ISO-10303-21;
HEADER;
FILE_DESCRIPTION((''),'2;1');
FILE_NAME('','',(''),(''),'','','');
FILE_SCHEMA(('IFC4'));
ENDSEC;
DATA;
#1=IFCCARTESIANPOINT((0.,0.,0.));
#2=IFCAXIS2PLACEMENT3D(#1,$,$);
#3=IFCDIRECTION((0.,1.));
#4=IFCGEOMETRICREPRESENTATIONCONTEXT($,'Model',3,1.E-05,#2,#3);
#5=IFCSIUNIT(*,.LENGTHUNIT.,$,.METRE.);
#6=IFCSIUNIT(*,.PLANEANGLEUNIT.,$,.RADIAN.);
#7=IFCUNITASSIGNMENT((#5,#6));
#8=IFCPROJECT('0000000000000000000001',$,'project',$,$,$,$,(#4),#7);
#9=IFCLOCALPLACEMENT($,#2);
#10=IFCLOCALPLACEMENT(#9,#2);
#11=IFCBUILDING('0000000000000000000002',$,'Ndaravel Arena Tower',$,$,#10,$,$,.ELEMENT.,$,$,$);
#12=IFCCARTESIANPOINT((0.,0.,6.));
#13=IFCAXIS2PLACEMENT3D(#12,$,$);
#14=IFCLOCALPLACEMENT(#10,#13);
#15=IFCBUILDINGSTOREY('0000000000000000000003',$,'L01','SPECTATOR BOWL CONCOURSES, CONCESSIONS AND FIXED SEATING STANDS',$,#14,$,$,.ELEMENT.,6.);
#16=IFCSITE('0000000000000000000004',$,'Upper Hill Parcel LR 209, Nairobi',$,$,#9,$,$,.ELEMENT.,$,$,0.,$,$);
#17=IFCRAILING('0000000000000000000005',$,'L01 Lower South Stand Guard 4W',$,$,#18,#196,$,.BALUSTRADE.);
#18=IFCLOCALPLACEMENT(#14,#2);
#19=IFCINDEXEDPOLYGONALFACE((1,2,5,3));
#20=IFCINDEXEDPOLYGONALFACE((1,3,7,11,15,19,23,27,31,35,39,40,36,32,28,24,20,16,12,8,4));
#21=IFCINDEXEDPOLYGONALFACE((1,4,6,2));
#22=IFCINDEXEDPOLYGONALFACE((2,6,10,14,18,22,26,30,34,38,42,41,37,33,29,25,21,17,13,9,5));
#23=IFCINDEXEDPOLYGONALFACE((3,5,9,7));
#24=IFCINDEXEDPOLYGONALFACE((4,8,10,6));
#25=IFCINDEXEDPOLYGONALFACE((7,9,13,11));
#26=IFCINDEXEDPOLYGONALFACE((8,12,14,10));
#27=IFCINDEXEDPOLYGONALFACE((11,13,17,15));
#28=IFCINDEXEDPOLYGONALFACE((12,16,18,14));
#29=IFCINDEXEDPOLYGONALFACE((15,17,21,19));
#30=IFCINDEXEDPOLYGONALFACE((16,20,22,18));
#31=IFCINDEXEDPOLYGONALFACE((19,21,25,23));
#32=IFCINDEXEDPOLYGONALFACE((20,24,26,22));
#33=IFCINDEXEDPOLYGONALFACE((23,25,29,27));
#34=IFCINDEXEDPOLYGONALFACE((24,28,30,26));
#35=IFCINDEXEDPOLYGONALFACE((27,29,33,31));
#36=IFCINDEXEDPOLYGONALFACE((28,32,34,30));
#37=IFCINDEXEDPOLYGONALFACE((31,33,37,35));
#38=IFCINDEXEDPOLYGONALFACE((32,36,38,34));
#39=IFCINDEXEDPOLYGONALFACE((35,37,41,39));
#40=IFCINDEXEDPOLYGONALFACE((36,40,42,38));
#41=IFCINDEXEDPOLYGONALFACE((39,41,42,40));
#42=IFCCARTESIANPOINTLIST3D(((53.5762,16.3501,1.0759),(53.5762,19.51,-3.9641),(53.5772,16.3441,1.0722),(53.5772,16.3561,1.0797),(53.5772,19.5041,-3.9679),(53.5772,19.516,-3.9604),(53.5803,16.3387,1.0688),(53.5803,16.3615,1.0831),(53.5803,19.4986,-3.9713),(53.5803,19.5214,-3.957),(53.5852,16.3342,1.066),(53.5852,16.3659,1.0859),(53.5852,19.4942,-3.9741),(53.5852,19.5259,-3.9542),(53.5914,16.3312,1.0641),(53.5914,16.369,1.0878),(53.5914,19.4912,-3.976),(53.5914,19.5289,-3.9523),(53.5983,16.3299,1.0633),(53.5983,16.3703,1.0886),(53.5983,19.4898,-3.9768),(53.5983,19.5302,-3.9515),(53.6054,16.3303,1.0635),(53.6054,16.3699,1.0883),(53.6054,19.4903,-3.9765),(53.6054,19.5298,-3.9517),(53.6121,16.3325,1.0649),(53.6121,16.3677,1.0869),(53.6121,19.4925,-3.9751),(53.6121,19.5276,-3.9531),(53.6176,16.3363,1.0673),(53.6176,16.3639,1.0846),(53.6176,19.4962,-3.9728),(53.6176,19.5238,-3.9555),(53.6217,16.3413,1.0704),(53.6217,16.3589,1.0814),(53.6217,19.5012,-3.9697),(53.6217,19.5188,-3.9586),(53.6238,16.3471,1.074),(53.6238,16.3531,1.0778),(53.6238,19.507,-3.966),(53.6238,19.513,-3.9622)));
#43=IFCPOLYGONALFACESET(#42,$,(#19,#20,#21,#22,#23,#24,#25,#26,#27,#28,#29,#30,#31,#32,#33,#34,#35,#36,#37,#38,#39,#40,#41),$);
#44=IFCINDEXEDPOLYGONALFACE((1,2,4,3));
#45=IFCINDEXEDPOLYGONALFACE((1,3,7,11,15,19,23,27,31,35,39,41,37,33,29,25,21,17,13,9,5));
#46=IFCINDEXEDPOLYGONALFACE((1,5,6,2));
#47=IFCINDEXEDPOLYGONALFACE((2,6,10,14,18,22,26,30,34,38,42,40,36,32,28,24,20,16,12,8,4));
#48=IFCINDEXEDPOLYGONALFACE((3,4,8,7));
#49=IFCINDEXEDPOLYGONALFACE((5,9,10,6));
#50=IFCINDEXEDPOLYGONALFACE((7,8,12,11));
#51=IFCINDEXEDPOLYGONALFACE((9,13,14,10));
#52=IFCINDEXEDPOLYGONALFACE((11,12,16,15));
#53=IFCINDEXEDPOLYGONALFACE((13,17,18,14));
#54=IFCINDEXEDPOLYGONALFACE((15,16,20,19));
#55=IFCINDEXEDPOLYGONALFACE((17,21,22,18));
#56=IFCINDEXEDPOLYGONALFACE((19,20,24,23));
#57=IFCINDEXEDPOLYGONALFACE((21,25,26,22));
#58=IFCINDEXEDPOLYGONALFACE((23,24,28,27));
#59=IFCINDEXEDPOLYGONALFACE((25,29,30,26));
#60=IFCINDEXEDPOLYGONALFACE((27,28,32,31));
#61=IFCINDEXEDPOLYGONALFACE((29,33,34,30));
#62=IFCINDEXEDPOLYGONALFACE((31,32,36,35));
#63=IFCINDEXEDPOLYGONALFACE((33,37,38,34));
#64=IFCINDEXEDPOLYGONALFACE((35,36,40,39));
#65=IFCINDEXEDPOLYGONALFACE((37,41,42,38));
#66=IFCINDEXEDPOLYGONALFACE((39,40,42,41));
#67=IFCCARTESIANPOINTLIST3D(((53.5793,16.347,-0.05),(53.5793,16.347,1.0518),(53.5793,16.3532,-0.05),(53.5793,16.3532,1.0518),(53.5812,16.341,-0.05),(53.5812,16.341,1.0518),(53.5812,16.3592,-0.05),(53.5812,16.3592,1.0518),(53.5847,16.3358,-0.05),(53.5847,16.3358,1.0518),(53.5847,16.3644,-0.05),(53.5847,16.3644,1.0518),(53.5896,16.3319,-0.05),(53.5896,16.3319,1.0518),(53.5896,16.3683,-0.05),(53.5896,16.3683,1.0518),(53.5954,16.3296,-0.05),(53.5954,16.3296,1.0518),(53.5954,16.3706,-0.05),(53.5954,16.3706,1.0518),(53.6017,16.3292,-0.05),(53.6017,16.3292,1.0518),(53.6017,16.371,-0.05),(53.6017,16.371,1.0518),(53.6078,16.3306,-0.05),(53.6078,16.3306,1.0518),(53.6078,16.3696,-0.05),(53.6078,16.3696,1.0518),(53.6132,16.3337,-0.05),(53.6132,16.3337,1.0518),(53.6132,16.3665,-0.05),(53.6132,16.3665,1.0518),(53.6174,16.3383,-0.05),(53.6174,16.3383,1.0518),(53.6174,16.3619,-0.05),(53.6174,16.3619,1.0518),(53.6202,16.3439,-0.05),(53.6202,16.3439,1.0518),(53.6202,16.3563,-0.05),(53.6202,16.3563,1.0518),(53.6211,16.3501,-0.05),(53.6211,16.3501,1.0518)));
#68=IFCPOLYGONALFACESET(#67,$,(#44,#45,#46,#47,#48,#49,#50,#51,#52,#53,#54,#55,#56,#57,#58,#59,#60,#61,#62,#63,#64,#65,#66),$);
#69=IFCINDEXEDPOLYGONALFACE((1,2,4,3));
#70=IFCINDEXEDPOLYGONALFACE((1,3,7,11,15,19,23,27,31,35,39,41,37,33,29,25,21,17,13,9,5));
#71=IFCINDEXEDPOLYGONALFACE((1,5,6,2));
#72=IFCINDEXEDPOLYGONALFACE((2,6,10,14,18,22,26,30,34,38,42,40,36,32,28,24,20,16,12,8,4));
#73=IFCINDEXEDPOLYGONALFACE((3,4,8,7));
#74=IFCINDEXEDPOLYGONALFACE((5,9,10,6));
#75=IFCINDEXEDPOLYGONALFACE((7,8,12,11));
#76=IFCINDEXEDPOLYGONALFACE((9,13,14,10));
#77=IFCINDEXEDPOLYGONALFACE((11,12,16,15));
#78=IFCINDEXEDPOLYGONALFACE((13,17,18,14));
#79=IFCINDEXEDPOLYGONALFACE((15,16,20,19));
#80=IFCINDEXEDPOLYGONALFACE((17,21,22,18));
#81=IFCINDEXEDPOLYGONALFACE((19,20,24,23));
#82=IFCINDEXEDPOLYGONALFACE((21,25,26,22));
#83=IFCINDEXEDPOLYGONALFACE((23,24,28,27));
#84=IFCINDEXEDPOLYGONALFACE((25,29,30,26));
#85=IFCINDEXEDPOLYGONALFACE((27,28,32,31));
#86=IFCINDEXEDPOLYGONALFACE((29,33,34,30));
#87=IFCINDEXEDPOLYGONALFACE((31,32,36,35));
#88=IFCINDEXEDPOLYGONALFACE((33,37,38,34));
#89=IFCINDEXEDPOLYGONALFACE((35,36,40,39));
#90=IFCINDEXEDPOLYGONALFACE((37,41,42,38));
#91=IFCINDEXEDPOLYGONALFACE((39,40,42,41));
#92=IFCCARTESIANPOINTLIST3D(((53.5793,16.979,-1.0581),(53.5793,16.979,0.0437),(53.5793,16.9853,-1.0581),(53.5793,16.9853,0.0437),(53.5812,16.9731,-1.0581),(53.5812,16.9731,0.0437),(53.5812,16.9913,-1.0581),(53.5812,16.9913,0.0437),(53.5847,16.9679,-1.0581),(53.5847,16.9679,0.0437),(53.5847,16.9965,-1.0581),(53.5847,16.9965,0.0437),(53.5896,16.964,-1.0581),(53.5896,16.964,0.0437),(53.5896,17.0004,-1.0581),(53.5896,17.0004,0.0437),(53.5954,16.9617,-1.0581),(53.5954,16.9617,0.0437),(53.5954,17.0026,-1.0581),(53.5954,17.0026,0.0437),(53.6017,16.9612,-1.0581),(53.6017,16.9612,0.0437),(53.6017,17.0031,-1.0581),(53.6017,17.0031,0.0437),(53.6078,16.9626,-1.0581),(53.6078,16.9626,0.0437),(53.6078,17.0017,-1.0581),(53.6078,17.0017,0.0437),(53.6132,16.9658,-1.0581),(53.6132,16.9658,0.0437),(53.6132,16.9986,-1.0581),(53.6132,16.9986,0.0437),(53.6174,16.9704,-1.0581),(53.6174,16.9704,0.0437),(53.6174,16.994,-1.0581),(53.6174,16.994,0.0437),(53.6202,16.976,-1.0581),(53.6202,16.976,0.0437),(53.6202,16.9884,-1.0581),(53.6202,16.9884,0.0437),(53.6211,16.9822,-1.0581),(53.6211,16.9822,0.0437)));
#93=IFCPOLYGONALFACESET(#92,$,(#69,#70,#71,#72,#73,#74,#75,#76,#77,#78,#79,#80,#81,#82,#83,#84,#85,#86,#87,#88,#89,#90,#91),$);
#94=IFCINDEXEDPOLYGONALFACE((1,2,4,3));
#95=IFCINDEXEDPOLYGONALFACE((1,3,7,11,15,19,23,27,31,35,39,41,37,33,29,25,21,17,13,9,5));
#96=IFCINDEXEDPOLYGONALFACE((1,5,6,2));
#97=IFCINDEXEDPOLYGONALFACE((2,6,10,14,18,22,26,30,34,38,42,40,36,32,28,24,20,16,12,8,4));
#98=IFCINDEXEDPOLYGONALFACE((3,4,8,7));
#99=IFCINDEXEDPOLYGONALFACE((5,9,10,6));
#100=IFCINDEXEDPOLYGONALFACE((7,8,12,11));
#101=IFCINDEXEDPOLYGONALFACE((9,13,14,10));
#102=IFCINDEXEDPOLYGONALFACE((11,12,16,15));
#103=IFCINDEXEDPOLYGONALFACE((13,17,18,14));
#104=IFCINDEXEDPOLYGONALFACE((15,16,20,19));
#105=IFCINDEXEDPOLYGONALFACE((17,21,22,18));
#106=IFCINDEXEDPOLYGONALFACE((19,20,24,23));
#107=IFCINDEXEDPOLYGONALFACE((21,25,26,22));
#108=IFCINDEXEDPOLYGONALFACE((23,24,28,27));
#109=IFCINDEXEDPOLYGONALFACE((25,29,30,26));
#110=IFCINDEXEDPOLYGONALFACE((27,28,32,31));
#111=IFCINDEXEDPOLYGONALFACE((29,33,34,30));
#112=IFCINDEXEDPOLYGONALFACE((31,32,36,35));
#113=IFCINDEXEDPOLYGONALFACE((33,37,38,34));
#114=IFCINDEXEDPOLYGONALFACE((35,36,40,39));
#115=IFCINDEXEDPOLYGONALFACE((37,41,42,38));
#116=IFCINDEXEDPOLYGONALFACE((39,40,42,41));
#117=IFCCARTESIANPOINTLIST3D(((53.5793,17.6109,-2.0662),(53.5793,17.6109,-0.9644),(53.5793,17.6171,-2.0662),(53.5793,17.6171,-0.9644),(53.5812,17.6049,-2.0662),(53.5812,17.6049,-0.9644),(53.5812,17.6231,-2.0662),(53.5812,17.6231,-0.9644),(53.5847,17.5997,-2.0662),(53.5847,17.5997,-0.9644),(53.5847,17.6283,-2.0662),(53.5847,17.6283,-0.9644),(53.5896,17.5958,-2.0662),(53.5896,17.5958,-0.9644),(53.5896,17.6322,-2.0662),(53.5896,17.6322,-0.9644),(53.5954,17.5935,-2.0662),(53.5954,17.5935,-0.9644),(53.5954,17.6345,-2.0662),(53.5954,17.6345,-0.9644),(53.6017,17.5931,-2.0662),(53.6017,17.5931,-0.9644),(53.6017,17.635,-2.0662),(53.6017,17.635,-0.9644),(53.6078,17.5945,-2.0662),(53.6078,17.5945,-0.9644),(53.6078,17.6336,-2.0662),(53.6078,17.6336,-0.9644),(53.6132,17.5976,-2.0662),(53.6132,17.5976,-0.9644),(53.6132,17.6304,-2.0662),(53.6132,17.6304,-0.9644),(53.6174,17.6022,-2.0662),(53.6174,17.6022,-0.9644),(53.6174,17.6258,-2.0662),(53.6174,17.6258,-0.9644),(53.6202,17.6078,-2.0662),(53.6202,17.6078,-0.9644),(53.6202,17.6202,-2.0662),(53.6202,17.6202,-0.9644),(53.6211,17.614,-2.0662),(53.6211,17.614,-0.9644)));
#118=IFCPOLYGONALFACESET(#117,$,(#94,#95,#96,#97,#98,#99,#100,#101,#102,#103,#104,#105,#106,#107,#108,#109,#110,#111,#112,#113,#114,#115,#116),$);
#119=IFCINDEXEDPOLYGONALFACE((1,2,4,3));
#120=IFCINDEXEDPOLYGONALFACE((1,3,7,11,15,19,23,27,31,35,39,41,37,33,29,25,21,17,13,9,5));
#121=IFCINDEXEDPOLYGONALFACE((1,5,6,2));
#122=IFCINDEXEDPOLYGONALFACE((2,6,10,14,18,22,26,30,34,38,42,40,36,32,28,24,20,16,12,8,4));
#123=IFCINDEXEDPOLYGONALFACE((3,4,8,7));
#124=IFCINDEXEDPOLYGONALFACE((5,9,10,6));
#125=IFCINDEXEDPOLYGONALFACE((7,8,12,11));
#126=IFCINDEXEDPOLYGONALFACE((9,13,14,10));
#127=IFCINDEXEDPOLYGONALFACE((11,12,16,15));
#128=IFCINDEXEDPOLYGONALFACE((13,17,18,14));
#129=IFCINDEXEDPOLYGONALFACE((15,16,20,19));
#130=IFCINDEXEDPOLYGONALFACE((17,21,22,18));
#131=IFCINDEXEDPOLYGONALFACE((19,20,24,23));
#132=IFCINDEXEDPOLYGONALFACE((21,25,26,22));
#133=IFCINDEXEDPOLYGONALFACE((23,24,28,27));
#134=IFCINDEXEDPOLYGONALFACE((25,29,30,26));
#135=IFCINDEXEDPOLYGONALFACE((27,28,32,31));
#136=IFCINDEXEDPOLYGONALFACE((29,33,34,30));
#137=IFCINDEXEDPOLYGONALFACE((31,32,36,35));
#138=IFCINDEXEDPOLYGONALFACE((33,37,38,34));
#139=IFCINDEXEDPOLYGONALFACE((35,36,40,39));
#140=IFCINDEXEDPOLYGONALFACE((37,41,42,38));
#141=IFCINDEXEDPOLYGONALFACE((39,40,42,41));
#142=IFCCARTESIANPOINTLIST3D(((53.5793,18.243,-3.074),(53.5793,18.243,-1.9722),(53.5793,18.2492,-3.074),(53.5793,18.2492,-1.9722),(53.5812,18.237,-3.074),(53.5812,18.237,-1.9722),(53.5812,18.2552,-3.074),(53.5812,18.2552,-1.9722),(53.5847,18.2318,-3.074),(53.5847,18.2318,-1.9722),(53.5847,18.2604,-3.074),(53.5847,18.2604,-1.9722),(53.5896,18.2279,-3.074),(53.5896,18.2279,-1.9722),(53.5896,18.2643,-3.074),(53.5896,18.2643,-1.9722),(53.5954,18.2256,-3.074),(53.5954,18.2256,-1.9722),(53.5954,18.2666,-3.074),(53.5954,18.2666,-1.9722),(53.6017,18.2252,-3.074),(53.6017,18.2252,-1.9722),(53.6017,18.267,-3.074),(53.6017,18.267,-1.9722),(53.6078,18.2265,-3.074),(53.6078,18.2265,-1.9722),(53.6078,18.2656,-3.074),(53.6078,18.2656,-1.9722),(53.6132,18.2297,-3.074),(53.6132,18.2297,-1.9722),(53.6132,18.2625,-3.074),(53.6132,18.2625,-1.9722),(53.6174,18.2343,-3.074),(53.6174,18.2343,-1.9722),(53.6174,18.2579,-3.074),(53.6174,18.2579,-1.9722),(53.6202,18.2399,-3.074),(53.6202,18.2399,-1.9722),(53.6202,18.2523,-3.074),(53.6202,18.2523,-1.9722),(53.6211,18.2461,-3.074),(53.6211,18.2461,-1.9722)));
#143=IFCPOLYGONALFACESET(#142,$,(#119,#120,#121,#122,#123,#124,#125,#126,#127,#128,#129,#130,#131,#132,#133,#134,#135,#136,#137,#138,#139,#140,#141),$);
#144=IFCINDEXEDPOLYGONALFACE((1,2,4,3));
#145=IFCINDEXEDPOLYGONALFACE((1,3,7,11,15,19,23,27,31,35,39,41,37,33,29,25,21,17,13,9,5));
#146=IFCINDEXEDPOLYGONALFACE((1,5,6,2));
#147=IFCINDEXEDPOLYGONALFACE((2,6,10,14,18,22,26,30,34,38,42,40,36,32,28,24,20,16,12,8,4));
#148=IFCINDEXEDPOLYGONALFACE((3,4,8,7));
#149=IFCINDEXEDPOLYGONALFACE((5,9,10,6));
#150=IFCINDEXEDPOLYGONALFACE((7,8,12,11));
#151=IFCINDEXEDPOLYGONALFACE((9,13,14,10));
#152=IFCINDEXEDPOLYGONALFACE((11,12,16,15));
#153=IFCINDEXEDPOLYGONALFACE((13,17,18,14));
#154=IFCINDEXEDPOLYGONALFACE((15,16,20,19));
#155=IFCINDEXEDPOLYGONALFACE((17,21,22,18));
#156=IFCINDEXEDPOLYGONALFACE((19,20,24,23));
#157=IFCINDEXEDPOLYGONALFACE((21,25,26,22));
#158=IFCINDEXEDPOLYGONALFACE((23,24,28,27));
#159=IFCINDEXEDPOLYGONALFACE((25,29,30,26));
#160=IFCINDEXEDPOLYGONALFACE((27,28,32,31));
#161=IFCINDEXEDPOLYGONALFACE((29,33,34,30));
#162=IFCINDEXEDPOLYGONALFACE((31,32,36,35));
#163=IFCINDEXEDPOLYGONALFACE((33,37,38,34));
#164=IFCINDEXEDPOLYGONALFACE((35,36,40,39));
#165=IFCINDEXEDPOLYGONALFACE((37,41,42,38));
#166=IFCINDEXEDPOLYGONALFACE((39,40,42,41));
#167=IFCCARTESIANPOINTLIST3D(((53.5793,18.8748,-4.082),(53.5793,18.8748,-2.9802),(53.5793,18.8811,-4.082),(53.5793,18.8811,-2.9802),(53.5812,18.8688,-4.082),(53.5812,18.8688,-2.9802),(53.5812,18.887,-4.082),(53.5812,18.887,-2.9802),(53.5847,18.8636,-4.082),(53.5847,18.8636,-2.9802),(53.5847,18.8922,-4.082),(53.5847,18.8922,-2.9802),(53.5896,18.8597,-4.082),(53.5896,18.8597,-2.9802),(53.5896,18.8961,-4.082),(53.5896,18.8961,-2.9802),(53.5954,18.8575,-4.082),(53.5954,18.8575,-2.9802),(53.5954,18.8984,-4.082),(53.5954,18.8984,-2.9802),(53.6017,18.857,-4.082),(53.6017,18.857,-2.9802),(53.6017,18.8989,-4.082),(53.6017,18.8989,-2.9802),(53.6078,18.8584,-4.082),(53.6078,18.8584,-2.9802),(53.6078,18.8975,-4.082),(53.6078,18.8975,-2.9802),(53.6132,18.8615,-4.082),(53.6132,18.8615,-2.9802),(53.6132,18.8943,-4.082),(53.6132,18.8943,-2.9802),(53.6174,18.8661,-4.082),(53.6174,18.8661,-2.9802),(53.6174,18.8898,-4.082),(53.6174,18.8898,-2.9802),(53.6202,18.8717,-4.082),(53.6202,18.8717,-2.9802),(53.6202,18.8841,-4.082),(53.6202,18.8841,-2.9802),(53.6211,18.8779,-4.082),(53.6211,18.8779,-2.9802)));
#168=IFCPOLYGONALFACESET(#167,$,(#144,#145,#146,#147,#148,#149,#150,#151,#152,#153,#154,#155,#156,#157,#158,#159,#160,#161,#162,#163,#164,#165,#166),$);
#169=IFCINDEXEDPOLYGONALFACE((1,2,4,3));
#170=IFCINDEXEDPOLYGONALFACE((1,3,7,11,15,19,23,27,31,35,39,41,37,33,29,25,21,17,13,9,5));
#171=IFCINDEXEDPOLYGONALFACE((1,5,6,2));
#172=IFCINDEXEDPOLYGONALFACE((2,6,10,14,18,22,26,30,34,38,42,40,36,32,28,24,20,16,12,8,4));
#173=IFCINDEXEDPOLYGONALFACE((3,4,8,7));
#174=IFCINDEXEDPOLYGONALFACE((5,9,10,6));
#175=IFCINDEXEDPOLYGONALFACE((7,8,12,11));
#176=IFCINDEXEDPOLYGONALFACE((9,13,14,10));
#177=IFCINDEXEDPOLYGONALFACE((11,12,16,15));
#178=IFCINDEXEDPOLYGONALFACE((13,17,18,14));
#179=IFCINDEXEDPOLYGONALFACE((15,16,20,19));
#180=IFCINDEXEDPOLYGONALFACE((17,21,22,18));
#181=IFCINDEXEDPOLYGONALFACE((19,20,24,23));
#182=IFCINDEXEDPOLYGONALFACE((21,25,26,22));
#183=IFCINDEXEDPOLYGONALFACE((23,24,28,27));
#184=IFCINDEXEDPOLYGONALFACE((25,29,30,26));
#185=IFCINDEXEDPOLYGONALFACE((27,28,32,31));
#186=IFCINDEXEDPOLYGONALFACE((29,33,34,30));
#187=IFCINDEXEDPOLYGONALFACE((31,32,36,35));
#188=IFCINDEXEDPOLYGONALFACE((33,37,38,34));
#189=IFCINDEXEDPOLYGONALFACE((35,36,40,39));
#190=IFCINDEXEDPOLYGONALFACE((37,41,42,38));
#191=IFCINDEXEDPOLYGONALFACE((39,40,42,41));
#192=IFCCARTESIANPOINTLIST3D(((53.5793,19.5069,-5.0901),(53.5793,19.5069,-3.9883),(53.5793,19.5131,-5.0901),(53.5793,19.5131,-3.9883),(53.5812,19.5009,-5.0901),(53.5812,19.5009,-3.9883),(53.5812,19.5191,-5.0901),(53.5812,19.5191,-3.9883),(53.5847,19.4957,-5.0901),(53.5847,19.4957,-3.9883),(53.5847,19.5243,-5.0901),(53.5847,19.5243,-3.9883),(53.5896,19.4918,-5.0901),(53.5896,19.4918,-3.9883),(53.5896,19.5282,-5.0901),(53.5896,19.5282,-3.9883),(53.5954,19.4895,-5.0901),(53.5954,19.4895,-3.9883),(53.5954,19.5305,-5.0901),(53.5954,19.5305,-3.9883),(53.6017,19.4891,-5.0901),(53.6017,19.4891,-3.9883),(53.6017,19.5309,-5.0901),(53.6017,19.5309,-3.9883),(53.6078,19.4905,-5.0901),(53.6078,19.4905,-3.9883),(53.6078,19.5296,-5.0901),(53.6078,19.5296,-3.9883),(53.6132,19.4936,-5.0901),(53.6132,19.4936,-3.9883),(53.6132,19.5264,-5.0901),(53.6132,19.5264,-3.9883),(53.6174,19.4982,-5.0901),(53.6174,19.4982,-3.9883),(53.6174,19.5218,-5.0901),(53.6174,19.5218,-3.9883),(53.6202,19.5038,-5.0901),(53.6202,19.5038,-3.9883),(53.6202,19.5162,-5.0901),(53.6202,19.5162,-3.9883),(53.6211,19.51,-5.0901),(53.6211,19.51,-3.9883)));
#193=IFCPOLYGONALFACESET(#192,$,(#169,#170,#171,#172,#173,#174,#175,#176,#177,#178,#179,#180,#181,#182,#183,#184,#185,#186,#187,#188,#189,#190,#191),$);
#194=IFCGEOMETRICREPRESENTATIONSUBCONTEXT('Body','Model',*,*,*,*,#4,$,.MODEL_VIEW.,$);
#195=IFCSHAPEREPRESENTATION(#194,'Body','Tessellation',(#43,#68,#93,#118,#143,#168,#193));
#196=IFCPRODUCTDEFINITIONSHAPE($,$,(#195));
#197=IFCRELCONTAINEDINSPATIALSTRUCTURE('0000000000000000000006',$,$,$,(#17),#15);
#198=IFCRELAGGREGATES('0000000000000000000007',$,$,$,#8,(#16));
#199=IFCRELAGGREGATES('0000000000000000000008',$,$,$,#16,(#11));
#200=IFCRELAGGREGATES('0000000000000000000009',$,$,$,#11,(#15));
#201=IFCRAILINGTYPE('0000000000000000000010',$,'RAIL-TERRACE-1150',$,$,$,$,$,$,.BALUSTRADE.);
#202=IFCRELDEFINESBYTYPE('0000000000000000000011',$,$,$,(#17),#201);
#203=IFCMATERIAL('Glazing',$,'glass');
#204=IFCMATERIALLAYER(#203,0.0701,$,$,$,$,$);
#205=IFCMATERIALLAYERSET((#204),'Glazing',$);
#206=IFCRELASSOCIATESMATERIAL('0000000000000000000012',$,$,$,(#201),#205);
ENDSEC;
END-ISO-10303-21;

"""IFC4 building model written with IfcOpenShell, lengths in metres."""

from ifc_helpers import new_model, si_unit, direction, frame, origin, origin_2d, place, context, subcontext, project, spatial, circle, extrude, material, layer, layer_set, type_object, element, save


model = new_model("IFC4")

# Units and contexts
model_context = context("Model", 3, precision=1e-05, world=origin(), true_north=direction((0.0, 1.0)))
body_context = subcontext(model_context, "Body", "Model", "MODEL_VIEW")
ifc_project = project(units=[si_unit("LENGTHUNIT", "METRE"), si_unit("PLANEANGLEUNIT", "RADIAN")], contexts=[model_context])

# Site, building, storey
site_placement = place(None, origin())
site = spatial("IfcSite", under=ifc_project, at=site_placement, Name="Upper Hill Parcel LR 209, Nairobi", CompositionType="ELEMENT", RefElevation=0.0)
building_placement = place(site_placement, origin())
building = spatial("IfcBuilding", under=site, at=building_placement, Name="Ndaravel Arena Tower", CompositionType="ELEMENT")
storey_placement = place(building_placement, frame((0.0, 0.0, 6.0)))
storey = spatial("IfcBuildingStorey", under=building, at=storey_placement, Name="L01", Description="SPECTATOR BOWL CONCOURSES, CONCESSIONS AND FIXED SEATING STANDS", CompositionType="ELEMENT", Elevation=6.0)

# Railing
ifc_material_1 = material(Name="Glazing", Category="glass")
ifc_layer_1 = layer(ifc_material_1, 0.0701)
ifc_layer_set_1 = layer_set([ifc_layer_1], Name="Glazing")
railing_type_1 = type_object("IfcRailingType", Name="RAIL-TERRACE-1150", PredefinedType="BALUSTRADE", material=ifc_layer_set_1)
railing_1_placement = place(storey_placement, frame((53.6001, 16.3501, -0.05)))
element("IfcRailing", 1, at=railing_1_placement, inside=storey, type_object=railing_type_1, Name="L01 Lower South Stand Guard 4W", PredefinedType="BALUSTRADE", context=body_context, shape_type="SweptSolid", body=[
    extrude(circle(Radius=0.0239, at=origin_2d()), frame((0.0, 0.0, 1.126), z_axis=(0.0, 0.531194, -0.84725), x_axis=(-1.0, 0.0, 0.0)), (0.0, 0.0, 1.0), 5.9487),
    extrude(circle(Radius=0.021, at=origin_2d()), origin(), (0.0, 0.0, 1.0), 1.1018),
    extrude(circle(Radius=0.021, at=origin_2d()), frame((0.0, 0.6321, -1.0081)), (0.0, 0.0, 1.0), 1.1018),
    extrude(circle(Radius=0.021, at=origin_2d()), frame((0.0, 1.2639, -2.0161)), (0.0, 0.0, 1.0), 1.1018),
    extrude(circle(Radius=0.021, at=origin_2d()), frame((0.0, 1.896, -3.0239)), (0.0, 0.0, 1.0), 1.1018),
    extrude(circle(Radius=0.021, at=origin_2d()), frame((0.0, 2.5278, -4.032)), (0.0, 0.0, 1.0), 1.1018),
    extrude(circle(Radius=0.021, at=origin_2d()), frame((0.0, 3.1599, -5.04)), (0.0, 0.0, 1.0), 1.1018),
])

save(model, "model.ifc")
